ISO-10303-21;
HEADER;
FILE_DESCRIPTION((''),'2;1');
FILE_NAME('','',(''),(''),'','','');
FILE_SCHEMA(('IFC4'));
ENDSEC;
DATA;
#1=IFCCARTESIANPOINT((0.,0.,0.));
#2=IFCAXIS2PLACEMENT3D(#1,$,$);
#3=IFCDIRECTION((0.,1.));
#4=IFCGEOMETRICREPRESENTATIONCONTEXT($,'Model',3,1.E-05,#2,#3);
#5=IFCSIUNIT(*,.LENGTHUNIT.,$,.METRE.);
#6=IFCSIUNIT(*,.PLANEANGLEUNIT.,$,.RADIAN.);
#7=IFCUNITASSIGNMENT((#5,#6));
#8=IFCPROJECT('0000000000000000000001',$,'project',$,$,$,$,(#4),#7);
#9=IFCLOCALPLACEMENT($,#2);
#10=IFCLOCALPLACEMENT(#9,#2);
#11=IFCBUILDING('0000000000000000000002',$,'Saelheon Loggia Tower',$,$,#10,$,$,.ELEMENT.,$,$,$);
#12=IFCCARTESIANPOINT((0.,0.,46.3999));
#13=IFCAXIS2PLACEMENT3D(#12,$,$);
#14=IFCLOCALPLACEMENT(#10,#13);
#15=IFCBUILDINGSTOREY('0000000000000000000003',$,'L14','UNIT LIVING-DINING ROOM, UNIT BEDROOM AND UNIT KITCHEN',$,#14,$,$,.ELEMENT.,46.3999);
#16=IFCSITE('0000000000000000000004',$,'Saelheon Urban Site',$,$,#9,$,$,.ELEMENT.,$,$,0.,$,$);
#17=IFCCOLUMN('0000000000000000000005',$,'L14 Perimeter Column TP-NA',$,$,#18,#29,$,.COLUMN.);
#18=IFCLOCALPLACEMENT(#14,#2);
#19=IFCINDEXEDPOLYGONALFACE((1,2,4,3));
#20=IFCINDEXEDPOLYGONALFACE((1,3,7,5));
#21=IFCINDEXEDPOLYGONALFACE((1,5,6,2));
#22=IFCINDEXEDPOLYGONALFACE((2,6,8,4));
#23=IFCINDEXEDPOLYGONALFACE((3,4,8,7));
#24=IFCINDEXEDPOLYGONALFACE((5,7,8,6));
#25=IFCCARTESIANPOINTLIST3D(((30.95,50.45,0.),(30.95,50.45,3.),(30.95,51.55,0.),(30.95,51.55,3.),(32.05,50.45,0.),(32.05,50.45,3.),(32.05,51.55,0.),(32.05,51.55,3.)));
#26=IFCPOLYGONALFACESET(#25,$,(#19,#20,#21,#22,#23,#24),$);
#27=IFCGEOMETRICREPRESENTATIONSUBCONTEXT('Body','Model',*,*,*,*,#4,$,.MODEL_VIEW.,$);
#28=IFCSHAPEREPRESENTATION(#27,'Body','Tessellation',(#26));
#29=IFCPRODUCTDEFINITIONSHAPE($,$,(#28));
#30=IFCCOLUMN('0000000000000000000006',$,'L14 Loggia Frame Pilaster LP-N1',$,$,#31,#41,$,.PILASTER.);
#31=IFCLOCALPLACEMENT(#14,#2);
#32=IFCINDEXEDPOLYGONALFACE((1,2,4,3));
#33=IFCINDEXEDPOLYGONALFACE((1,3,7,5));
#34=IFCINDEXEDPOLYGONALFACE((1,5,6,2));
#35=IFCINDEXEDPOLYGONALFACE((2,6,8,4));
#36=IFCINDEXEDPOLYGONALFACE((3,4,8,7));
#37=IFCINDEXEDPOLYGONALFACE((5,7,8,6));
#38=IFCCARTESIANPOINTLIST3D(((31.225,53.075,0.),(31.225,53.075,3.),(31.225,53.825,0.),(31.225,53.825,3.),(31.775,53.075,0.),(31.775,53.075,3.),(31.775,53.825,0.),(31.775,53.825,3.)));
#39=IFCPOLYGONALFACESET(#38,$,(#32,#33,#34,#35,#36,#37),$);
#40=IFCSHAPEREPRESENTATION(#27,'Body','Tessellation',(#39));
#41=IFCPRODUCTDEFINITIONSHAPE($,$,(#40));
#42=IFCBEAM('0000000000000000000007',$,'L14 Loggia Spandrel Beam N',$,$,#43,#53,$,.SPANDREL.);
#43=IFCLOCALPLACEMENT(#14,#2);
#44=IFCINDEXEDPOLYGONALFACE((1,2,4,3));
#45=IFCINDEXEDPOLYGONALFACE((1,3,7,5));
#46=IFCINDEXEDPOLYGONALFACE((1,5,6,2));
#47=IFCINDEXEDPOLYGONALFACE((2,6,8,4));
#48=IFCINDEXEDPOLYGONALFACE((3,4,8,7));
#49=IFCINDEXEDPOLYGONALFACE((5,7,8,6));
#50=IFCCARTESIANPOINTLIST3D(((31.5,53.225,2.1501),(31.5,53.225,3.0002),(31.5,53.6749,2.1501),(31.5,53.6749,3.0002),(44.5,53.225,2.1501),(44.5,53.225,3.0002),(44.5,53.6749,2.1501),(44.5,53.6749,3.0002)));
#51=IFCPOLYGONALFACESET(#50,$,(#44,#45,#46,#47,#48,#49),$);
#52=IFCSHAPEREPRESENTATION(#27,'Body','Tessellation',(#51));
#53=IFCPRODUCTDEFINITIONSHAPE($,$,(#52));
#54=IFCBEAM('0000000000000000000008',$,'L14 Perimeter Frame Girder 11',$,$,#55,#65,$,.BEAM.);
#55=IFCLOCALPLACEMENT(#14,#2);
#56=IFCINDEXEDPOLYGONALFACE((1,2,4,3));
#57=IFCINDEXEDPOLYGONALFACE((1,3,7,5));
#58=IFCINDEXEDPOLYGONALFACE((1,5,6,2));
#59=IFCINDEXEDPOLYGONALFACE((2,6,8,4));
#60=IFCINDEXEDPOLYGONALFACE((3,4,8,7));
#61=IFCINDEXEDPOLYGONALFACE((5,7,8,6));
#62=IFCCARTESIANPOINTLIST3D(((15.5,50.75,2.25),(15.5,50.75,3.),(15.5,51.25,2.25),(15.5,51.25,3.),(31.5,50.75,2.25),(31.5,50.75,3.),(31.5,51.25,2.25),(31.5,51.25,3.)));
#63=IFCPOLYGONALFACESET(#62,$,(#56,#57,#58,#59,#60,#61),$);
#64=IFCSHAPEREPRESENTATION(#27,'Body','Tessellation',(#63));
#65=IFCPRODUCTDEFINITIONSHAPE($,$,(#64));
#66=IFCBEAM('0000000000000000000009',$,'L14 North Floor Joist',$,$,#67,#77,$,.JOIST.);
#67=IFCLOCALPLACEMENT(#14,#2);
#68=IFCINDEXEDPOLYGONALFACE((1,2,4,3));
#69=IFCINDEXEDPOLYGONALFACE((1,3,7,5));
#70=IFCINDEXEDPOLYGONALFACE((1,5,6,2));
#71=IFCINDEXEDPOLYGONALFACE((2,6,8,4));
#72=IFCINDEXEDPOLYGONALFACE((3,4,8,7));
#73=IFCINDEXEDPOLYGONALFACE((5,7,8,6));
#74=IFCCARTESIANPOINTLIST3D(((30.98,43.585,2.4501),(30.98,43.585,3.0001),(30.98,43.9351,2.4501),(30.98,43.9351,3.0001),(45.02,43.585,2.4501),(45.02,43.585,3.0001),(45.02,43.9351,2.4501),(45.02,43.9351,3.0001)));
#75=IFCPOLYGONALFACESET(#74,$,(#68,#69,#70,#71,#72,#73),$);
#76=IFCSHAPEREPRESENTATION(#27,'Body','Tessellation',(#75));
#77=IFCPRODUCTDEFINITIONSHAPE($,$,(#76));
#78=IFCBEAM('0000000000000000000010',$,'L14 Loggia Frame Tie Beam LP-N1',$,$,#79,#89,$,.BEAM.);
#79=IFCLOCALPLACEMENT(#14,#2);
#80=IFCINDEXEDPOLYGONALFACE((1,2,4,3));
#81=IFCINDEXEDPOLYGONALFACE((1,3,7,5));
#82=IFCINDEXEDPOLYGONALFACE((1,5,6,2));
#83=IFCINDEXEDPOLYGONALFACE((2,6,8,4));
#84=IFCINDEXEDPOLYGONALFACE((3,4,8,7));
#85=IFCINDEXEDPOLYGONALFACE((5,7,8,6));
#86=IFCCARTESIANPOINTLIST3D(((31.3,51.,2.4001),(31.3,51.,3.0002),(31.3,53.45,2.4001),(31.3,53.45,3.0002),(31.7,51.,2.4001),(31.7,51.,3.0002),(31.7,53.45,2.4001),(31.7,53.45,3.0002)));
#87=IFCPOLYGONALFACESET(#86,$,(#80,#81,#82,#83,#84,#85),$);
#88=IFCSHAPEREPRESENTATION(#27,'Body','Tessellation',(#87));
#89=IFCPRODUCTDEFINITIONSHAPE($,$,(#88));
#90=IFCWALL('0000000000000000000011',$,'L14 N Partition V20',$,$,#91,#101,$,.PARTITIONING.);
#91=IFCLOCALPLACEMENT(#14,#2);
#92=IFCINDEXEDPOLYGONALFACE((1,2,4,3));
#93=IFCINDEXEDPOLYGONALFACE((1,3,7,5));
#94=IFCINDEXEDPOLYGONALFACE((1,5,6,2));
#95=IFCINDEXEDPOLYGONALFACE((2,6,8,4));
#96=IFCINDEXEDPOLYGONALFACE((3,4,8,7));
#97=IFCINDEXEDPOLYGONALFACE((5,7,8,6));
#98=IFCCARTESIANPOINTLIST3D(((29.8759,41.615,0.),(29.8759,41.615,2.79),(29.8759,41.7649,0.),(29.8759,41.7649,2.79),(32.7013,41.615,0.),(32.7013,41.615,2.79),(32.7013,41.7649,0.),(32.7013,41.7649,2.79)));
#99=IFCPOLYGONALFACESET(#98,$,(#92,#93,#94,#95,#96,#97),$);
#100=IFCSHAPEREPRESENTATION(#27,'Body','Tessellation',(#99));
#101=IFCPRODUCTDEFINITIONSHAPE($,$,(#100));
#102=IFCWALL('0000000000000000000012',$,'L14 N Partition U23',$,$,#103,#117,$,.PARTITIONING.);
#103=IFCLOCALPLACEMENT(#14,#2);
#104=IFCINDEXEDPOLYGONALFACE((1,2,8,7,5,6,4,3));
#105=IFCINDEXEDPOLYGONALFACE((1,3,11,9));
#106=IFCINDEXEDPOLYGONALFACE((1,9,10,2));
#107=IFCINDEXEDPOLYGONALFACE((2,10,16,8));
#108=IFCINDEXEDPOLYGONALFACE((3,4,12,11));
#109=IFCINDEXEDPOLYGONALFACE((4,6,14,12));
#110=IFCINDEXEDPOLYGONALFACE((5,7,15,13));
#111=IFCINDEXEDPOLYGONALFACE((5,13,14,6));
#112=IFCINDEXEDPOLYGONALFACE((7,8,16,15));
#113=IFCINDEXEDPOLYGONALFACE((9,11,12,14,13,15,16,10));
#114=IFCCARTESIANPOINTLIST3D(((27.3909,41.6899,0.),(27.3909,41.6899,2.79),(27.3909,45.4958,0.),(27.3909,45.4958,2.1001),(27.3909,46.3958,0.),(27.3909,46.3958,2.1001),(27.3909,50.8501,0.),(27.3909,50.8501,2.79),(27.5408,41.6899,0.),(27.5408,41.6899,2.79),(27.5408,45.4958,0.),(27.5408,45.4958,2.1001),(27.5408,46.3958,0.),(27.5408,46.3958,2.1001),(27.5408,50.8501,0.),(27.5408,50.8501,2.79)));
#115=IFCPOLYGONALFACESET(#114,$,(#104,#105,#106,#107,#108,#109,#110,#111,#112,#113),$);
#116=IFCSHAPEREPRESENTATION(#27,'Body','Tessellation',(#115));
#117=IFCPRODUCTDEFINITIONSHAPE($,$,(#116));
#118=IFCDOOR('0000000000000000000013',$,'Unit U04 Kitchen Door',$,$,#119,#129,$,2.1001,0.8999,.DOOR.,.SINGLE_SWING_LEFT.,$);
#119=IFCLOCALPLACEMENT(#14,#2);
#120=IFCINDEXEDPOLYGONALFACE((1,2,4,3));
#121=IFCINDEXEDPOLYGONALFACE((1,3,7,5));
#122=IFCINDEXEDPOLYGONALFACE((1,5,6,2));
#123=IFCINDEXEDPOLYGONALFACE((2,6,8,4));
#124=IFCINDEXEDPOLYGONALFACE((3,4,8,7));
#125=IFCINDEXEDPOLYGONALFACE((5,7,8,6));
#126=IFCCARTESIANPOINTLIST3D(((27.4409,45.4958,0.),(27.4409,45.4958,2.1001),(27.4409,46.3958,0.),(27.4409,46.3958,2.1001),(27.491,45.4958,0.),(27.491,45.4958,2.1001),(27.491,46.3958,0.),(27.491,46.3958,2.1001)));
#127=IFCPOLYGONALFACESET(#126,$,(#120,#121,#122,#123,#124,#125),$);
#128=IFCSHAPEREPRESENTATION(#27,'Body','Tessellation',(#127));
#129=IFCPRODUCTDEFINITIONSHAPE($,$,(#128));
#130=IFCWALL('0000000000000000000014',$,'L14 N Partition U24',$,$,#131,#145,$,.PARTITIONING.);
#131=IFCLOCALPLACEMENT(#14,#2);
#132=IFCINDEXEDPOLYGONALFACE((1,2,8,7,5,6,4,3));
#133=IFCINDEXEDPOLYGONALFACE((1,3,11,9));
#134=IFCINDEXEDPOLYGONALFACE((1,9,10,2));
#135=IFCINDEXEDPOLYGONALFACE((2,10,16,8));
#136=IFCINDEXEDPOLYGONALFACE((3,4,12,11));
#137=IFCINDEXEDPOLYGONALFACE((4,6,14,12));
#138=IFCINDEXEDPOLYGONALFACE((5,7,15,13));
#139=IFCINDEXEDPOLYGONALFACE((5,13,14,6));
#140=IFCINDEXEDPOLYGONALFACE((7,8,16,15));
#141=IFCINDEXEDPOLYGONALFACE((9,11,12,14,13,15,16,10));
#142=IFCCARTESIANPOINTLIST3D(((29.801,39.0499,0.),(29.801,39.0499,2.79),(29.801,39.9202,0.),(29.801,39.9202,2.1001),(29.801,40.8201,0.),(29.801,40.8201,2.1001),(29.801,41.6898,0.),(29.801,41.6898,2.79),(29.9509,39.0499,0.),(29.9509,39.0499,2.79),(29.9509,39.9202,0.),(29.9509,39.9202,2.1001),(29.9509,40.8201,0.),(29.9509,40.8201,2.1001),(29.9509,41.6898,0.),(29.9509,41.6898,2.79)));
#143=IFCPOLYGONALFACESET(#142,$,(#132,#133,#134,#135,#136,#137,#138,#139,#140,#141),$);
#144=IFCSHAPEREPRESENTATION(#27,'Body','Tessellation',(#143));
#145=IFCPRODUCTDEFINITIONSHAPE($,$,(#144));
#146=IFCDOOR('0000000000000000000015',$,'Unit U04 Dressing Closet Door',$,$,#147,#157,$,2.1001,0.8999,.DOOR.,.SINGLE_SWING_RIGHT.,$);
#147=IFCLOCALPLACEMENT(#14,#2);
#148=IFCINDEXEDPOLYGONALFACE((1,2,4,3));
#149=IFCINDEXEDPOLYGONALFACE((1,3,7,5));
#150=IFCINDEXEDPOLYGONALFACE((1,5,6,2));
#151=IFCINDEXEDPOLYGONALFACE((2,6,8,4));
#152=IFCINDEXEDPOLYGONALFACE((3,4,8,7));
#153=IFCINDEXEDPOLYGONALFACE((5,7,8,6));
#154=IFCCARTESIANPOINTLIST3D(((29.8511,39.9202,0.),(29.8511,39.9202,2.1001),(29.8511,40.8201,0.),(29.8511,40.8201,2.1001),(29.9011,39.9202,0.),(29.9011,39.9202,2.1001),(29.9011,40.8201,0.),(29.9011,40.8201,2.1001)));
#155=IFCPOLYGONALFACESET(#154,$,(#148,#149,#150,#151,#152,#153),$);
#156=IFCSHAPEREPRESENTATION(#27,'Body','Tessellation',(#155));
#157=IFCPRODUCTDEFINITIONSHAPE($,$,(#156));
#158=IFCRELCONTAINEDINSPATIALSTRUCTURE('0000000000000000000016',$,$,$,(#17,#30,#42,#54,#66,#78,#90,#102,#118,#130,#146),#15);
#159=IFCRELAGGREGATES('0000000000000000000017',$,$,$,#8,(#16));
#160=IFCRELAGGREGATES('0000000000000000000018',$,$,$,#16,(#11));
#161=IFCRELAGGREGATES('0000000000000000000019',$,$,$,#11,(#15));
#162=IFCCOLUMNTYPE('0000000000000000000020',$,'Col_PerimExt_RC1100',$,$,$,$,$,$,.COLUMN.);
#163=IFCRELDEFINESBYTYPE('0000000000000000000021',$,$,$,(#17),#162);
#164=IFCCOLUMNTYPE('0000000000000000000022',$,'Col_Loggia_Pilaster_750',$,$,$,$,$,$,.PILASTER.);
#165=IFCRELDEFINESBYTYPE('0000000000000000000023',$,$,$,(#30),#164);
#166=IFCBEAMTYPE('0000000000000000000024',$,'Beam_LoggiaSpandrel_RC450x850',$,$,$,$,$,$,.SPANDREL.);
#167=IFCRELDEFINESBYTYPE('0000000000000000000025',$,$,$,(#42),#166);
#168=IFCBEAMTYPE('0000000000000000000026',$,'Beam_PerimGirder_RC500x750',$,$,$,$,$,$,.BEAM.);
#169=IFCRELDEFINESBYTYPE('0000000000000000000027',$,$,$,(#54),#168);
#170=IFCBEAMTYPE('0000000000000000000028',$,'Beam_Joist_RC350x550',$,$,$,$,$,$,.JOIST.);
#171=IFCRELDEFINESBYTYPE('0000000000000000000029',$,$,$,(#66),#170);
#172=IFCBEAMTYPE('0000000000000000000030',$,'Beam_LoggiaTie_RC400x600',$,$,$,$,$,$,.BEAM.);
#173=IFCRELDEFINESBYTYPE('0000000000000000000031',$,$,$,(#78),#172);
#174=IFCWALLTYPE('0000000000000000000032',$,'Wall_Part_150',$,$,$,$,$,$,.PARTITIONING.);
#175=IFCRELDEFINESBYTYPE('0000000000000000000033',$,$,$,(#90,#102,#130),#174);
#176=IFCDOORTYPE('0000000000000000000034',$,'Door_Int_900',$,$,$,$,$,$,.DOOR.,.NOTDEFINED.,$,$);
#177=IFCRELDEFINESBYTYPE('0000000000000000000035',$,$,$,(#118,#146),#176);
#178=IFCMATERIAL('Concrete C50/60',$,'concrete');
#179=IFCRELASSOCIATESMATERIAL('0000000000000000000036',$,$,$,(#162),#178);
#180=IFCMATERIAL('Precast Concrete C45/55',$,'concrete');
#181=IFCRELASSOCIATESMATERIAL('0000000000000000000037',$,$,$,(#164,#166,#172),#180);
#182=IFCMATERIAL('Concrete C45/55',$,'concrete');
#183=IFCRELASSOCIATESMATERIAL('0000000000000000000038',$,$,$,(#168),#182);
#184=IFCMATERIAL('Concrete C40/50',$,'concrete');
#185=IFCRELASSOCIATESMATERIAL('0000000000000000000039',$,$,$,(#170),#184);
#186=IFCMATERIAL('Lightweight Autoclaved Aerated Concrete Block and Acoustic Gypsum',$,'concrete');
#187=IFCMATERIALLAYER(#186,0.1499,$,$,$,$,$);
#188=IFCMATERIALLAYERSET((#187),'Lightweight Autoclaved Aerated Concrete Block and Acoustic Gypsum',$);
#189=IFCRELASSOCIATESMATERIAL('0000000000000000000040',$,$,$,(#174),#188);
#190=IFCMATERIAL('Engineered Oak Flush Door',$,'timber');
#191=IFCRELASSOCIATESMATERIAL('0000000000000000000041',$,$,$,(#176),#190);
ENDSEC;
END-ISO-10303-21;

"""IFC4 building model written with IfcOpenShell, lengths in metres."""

from ifc_helpers import new_model, si_unit, direction, frame, frame_2d, origin, origin_2d, place, context, subcontext, project, spatial, rectangle, extrude, source, transform, mapped, material, layer, layer_set, material_profile, profile_set, type_object, element, fill, save


model = new_model("IFC4")

# Units and contexts
model_context = context("Model", 3, precision=1e-05, world=origin(), true_north=direction((0.0, 1.0)))
body_context = subcontext(model_context, "Body", "Model", "MODEL_VIEW")
ifc_project = project(units=[si_unit("LENGTHUNIT", "METRE"), si_unit("PLANEANGLEUNIT", "RADIAN")], contexts=[model_context])

# Site, building, storey
site_placement = place(None, origin())
site = spatial("IfcSite", under=ifc_project, at=site_placement, Name="Saelheon Urban Site", CompositionType="ELEMENT", RefElevation=0.0)
building_placement = place(site_placement, origin())
building = spatial("IfcBuilding", under=site, at=building_placement, Name="Saelheon Loggia Tower", CompositionType="ELEMENT")
storey_placement = place(building_placement, frame((0.0, 0.0, 46.3999)))
storey = spatial("IfcBuildingStorey", under=building, at=storey_placement, Name="L14", Description="UNIT LIVING-DINING ROOM, UNIT BEDROOM AND UNIT KITCHEN", CompositionType="ELEMENT", Elevation=46.3999)

# Columns
ifc_material_1 = material(Name="Concrete C50/60", Category="concrete")
ifc_material_profile_1 = material_profile(ifc_material_1, rectangle(XDim=1.1001, YDim=1.1001, at=origin_2d()), Name="RC-1100x1100")
ifc_profile_set_1 = profile_set([ifc_material_profile_1], Name="Concrete C50/60")
column_type_1 = type_object("IfcColumnType", Name="Col_PerimExt_RC1100", PredefinedType="COLUMN", material=ifc_profile_set_1)
shared_shape_1 = source(origin(), body_context, "Body", "SweptSolid", [
    extrude(rectangle(XDim=1.1001, YDim=1.1001, at=origin_2d()), origin(), (0.0, 0.0, 1.0), 3.0),
])
column_1_placement = place(storey_placement, frame((31.5, 51.0, 0.0), z_axis=(0.0, 0.0, 1.0), x_axis=(1.0, 0.0, 0.0)))
element("IfcColumn", 1, at=column_1_placement, inside=storey, type_object=column_type_1, Name="L14 Perimeter Column TP-NA", PredefinedType="COLUMN", context=body_context, shape_type="MappedRepresentation", body=[
    mapped(shared_shape_1, transform((0.0, 0.0, 0.0), scale=1.0)),
])
ifc_material_2 = material(Name="Precast Concrete C45/55", Category="concrete")
ifc_material_profile_2 = material_profile(ifc_material_2, rectangle(XDim=0.55, YDim=0.75, at=origin_2d()), Name="RC-550x750")
ifc_profile_set_2 = profile_set([ifc_material_profile_2], Name="Precast Concrete C45/55")
column_type_2 = type_object("IfcColumnType", Name="Col_Loggia_Pilaster_750", PredefinedType="PILASTER", material=ifc_profile_set_2)
shared_shape_2 = source(origin(), body_context, "Body", "SweptSolid", [
    extrude(rectangle(XDim=0.55, YDim=0.75, at=origin_2d()), origin(), (0.0, 0.0, 1.0), 3.0),
])
column_2_placement = place(storey_placement, frame((31.5, 53.45, 0.0), z_axis=(0.0, 0.0, 1.0), x_axis=(1.0, 0.0, 0.0)))
element("IfcColumn", 2, at=column_2_placement, inside=storey, type_object=column_type_2, Name="L14 Loggia Frame Pilaster LP-N1", PredefinedType="PILASTER", context=body_context, shape_type="MappedRepresentation", body=[
    mapped(shared_shape_2, transform((0.0, 0.0, 0.0), scale=1.0)),
])

# Beams
ifc_material_profile_3 = material_profile(ifc_material_2, rectangle(XDim=0.45, YDim=0.8501, at=origin_2d()), Name="RC-450x850")
ifc_profile_set_3 = profile_set([ifc_material_profile_3], Name="Precast Concrete C45/55")
beam_type_1 = type_object("IfcBeamType", Name="Beam_LoggiaSpandrel_RC450x850", PredefinedType="SPANDREL", material=ifc_profile_set_3)
shared_shape_3 = source(origin(), body_context, "Body", "SweptSolid", [
    extrude(rectangle(XDim=0.45, YDim=0.8501, at=origin_2d()), origin(), (0.0, 0.0, 1.0), 13.0),
])
beam_1_placement = place(storey_placement, frame((31.5, 53.45, 2.5752), z_axis=(1.0, 0.0, 0.0), x_axis=(0.0, 1.0, 0.0)))
element("IfcBeam", 3, at=beam_1_placement, inside=storey, type_object=beam_type_1, Name="L14 Loggia Spandrel Beam N", PredefinedType="SPANDREL", context=body_context, shape_type="MappedRepresentation", body=[
    mapped(shared_shape_3, transform((0.0, 0.0, 0.0), scale=1.0)),
])
ifc_material_3 = material(Name="Concrete C45/55", Category="concrete")
ifc_material_profile_4 = material_profile(ifc_material_3, rectangle(XDim=0.5, YDim=0.75, at=origin_2d()), Name="RC-500x750")
ifc_profile_set_4 = profile_set([ifc_material_profile_4], Name="Concrete C45/55")
beam_type_2 = type_object("IfcBeamType", Name="Beam_PerimGirder_RC500x750", PredefinedType="BEAM", material=ifc_profile_set_4)
shared_shape_4 = source(origin(), body_context, "Body", "SweptSolid", [
    extrude(rectangle(XDim=0.5, YDim=0.75, at=origin_2d()), origin(), (0.0, 0.0, 1.0), 16.0),
])
beam_2_placement = place(storey_placement, frame((31.5, 51.0, 2.625), z_axis=(-1.0, 0.0, 0.0), x_axis=(0.0, -1.0, 0.0)))
element("IfcBeam", 4, at=beam_2_placement, inside=storey, type_object=beam_type_2, Name="L14 Perimeter Frame Girder 11", PredefinedType="BEAM", context=body_context, shape_type="MappedRepresentation", body=[
    mapped(shared_shape_4, transform((0.0, 0.0, 0.0), scale=1.0)),
])
ifc_material_4 = material(Name="Concrete C40/50", Category="concrete")
ifc_material_profile_5 = material_profile(ifc_material_4, rectangle(XDim=0.3501, YDim=0.55, at=origin_2d()), Name="RC-350x550")
ifc_profile_set_5 = profile_set([ifc_material_profile_5], Name="Concrete C40/50")
beam_type_3 = type_object("IfcBeamType", Name="Beam_Joist_RC350x550", PredefinedType="JOIST", material=ifc_profile_set_5)
shared_shape_5 = source(origin(), body_context, "Body", "SweptSolid", [
    extrude(rectangle(XDim=0.3501, YDim=0.55, at=origin_2d()), origin(), (0.0, 0.0, 1.0), 14.04),
])
beam_3_placement = place(storey_placement, frame((30.98, 43.76, 2.7251), z_axis=(1.0, 0.0, 0.0), x_axis=(0.0, 1.0, 0.0)))
element("IfcBeam", 5, at=beam_3_placement, inside=storey, type_object=beam_type_3, Name="L14 North Floor Joist", PredefinedType="JOIST", context=body_context, shape_type="MappedRepresentation", body=[
    mapped(shared_shape_5, transform((0.0, 0.0, 0.0), scale=1.0)),
])
ifc_material_profile_6 = material_profile(ifc_material_2, rectangle(XDim=0.3999, YDim=0.6001, at=origin_2d()), Name="RC-400x600")
ifc_profile_set_6 = profile_set([ifc_material_profile_6], Name="Precast Concrete C45/55")
beam_type_4 = type_object("IfcBeamType", Name="Beam_LoggiaTie_RC400x600", PredefinedType="BEAM", material=ifc_profile_set_6)
shared_shape_6 = source(origin(), body_context, "Body", "SweptSolid", [
    extrude(rectangle(XDim=0.3999, YDim=0.6001, at=origin_2d()), origin(), (0.0, 0.0, 1.0), 2.45),
])
beam_4_placement = place(storey_placement, frame((31.5, 51.0, 2.7002), z_axis=(0.0, 1.0, 0.0), x_axis=(-1.0, 0.0, 0.0)))
element("IfcBeam", 6, at=beam_4_placement, inside=storey, type_object=beam_type_4, Name="L14 Loggia Frame Tie Beam LP-N1", PredefinedType="BEAM", context=body_context, shape_type="MappedRepresentation", body=[
    mapped(shared_shape_6, transform((0.0, 0.0, 0.0), scale=1.0)),
])

# Wall
ifc_material_5 = material(Name="Lightweight Autoclaved Aerated Concrete Block and Acoustic Gypsum", Category="concrete")
ifc_layer_1 = layer(ifc_material_5, 0.1499)
ifc_layer_set_1 = layer_set([ifc_layer_1], Name="Lightweight Autoclaved Aerated Concrete Block and Acoustic Gypsum")
wall_type_1 = type_object("IfcWallType", Name="Wall_Part_150", PredefinedType="PARTITIONING", material=ifc_layer_set_1)
wall_1_placement = place(storey_placement, frame((29.876, 41.6899, 0.0), z_axis=(0.0, 0.0, 1.0), x_axis=(1.0, 0.0, 0.0)))
element("IfcWall", 7, at=wall_1_placement, inside=storey, type_object=wall_type_1, Name="L14 N Partition V20", PredefinedType="PARTITIONING", context=body_context, shape_type="SweptSolid", body=[
    extrude(rectangle(XDim=2.8254, YDim=0.1499, at=frame_2d((1.4126, 0.0))), origin(), (0.0, 0.0, 1.0), 2.79),
])

# Walls, openings, doors
wall_2_placement = place(storey_placement, frame((27.4658, 41.6899, 0.0), z_axis=(0.0, 0.0, 1.0), x_axis=(0.0, 1.0, 0.0)))
wall_2 = element("IfcWall", 8, at=wall_2_placement, inside=storey, type_object=wall_type_1, Name="L14 N Partition U23", PredefinedType="PARTITIONING", context=body_context, shape_type="SweptSolid", body=[
    extrude(rectangle(XDim=9.1602, YDim=0.1499, at=frame_2d((4.5801, 0.0))), origin(), (0.0, 0.0, 1.0), 2.79),
])
opening_1_placement = place(wall_2_placement, frame((3.8059, 0.0, 0.0)))
opening_1 = element("IfcOpeningElement", 9, at=opening_1_placement, cuts=wall_2, PredefinedType="OPENING", context=body_context, shape_type="SweptSolid", body=[
    extrude(rectangle(XDim=0.8999, YDim=2.1001, at=frame_2d((0.45, 1.05))), frame((0.0, 0.0869, 0.0), z_axis=(0.0, -1.0, 0.0), x_axis=(1.0, 0.0, 0.0)), (0.0, 0.0, 1.0), 0.1738),
])
ifc_material_6 = material(Name="Engineered Oak Flush Door", Category="timber")
door_type_1 = type_object("IfcDoorType", Name="Door_Int_900", OperationType="NOTDEFINED", PredefinedType="DOOR", material=ifc_material_6)
shared_shape_7 = source(origin(), body_context, "Body", "SweptSolid", [
    extrude(rectangle(XDim=0.8999, YDim=2.1001, at=frame_2d((0.45, 1.05))), frame((0.0, 0.0249, 0.0), z_axis=(0.0, -1.0, 0.0), x_axis=(1.0, 0.0, 0.0)), (0.0, 0.0, 1.0), 0.05),
])
door_1_placement = place(opening_1_placement, origin())
door_1 = element("IfcDoor", 10, at=door_1_placement, inside=storey, type_object=door_type_1, Name="Unit U04 Kitchen Door", OperationType="SINGLE_SWING_LEFT", OverallHeight=2.1001, OverallWidth=0.8999, PredefinedType="DOOR", context=body_context, shape_type="MappedRepresentation", body=[
    mapped(shared_shape_7, transform((0.0, 0.0, 0.0), scale=1.0)),
])
fill(opening_1, door_1)
wall_3_placement = place(storey_placement, frame((29.876, 39.05, 0.0), z_axis=(0.0, 0.0, 1.0), x_axis=(0.0, 1.0, 0.0)))
wall_3 = element("IfcWall", 11, at=wall_3_placement, inside=storey, type_object=wall_type_1, Name="L14 N Partition U24", PredefinedType="PARTITIONING", context=body_context, shape_type="SweptSolid", body=[
    extrude(rectangle(XDim=2.6399, YDim=0.1499, at=frame_2d((1.3198, 0.0))), origin(), (0.0, 0.0, 1.0), 2.79),
])
opening_2_placement = place(wall_3_placement, frame((0.8701, 0.0, 0.0)))
opening_2 = element("IfcOpeningElement", 12, at=opening_2_placement, cuts=wall_3, PredefinedType="OPENING", context=body_context, shape_type="SweptSolid", body=[
    extrude(rectangle(XDim=0.8999, YDim=2.1001, at=frame_2d((0.45, 1.05))), frame((0.0, 0.0869, 0.0), z_axis=(0.0, -1.0, 0.0), x_axis=(1.0, 0.0, 0.0)), (0.0, 0.0, 1.0), 0.1738),
])
door_2_placement = place(opening_2_placement, origin())
door_2 = element("IfcDoor", 13, at=door_2_placement, inside=storey, type_object=door_type_1, Name="Unit U04 Dressing Closet Door", OperationType="SINGLE_SWING_RIGHT", OverallHeight=2.1001, OverallWidth=0.8999, PredefinedType="DOOR", context=body_context, shape_type="MappedRepresentation", body=[
    mapped(shared_shape_7, transform((0.0, 0.0, 0.0), scale=1.0)),
])
fill(opening_2, door_2)

save(model, "model.ifc")
